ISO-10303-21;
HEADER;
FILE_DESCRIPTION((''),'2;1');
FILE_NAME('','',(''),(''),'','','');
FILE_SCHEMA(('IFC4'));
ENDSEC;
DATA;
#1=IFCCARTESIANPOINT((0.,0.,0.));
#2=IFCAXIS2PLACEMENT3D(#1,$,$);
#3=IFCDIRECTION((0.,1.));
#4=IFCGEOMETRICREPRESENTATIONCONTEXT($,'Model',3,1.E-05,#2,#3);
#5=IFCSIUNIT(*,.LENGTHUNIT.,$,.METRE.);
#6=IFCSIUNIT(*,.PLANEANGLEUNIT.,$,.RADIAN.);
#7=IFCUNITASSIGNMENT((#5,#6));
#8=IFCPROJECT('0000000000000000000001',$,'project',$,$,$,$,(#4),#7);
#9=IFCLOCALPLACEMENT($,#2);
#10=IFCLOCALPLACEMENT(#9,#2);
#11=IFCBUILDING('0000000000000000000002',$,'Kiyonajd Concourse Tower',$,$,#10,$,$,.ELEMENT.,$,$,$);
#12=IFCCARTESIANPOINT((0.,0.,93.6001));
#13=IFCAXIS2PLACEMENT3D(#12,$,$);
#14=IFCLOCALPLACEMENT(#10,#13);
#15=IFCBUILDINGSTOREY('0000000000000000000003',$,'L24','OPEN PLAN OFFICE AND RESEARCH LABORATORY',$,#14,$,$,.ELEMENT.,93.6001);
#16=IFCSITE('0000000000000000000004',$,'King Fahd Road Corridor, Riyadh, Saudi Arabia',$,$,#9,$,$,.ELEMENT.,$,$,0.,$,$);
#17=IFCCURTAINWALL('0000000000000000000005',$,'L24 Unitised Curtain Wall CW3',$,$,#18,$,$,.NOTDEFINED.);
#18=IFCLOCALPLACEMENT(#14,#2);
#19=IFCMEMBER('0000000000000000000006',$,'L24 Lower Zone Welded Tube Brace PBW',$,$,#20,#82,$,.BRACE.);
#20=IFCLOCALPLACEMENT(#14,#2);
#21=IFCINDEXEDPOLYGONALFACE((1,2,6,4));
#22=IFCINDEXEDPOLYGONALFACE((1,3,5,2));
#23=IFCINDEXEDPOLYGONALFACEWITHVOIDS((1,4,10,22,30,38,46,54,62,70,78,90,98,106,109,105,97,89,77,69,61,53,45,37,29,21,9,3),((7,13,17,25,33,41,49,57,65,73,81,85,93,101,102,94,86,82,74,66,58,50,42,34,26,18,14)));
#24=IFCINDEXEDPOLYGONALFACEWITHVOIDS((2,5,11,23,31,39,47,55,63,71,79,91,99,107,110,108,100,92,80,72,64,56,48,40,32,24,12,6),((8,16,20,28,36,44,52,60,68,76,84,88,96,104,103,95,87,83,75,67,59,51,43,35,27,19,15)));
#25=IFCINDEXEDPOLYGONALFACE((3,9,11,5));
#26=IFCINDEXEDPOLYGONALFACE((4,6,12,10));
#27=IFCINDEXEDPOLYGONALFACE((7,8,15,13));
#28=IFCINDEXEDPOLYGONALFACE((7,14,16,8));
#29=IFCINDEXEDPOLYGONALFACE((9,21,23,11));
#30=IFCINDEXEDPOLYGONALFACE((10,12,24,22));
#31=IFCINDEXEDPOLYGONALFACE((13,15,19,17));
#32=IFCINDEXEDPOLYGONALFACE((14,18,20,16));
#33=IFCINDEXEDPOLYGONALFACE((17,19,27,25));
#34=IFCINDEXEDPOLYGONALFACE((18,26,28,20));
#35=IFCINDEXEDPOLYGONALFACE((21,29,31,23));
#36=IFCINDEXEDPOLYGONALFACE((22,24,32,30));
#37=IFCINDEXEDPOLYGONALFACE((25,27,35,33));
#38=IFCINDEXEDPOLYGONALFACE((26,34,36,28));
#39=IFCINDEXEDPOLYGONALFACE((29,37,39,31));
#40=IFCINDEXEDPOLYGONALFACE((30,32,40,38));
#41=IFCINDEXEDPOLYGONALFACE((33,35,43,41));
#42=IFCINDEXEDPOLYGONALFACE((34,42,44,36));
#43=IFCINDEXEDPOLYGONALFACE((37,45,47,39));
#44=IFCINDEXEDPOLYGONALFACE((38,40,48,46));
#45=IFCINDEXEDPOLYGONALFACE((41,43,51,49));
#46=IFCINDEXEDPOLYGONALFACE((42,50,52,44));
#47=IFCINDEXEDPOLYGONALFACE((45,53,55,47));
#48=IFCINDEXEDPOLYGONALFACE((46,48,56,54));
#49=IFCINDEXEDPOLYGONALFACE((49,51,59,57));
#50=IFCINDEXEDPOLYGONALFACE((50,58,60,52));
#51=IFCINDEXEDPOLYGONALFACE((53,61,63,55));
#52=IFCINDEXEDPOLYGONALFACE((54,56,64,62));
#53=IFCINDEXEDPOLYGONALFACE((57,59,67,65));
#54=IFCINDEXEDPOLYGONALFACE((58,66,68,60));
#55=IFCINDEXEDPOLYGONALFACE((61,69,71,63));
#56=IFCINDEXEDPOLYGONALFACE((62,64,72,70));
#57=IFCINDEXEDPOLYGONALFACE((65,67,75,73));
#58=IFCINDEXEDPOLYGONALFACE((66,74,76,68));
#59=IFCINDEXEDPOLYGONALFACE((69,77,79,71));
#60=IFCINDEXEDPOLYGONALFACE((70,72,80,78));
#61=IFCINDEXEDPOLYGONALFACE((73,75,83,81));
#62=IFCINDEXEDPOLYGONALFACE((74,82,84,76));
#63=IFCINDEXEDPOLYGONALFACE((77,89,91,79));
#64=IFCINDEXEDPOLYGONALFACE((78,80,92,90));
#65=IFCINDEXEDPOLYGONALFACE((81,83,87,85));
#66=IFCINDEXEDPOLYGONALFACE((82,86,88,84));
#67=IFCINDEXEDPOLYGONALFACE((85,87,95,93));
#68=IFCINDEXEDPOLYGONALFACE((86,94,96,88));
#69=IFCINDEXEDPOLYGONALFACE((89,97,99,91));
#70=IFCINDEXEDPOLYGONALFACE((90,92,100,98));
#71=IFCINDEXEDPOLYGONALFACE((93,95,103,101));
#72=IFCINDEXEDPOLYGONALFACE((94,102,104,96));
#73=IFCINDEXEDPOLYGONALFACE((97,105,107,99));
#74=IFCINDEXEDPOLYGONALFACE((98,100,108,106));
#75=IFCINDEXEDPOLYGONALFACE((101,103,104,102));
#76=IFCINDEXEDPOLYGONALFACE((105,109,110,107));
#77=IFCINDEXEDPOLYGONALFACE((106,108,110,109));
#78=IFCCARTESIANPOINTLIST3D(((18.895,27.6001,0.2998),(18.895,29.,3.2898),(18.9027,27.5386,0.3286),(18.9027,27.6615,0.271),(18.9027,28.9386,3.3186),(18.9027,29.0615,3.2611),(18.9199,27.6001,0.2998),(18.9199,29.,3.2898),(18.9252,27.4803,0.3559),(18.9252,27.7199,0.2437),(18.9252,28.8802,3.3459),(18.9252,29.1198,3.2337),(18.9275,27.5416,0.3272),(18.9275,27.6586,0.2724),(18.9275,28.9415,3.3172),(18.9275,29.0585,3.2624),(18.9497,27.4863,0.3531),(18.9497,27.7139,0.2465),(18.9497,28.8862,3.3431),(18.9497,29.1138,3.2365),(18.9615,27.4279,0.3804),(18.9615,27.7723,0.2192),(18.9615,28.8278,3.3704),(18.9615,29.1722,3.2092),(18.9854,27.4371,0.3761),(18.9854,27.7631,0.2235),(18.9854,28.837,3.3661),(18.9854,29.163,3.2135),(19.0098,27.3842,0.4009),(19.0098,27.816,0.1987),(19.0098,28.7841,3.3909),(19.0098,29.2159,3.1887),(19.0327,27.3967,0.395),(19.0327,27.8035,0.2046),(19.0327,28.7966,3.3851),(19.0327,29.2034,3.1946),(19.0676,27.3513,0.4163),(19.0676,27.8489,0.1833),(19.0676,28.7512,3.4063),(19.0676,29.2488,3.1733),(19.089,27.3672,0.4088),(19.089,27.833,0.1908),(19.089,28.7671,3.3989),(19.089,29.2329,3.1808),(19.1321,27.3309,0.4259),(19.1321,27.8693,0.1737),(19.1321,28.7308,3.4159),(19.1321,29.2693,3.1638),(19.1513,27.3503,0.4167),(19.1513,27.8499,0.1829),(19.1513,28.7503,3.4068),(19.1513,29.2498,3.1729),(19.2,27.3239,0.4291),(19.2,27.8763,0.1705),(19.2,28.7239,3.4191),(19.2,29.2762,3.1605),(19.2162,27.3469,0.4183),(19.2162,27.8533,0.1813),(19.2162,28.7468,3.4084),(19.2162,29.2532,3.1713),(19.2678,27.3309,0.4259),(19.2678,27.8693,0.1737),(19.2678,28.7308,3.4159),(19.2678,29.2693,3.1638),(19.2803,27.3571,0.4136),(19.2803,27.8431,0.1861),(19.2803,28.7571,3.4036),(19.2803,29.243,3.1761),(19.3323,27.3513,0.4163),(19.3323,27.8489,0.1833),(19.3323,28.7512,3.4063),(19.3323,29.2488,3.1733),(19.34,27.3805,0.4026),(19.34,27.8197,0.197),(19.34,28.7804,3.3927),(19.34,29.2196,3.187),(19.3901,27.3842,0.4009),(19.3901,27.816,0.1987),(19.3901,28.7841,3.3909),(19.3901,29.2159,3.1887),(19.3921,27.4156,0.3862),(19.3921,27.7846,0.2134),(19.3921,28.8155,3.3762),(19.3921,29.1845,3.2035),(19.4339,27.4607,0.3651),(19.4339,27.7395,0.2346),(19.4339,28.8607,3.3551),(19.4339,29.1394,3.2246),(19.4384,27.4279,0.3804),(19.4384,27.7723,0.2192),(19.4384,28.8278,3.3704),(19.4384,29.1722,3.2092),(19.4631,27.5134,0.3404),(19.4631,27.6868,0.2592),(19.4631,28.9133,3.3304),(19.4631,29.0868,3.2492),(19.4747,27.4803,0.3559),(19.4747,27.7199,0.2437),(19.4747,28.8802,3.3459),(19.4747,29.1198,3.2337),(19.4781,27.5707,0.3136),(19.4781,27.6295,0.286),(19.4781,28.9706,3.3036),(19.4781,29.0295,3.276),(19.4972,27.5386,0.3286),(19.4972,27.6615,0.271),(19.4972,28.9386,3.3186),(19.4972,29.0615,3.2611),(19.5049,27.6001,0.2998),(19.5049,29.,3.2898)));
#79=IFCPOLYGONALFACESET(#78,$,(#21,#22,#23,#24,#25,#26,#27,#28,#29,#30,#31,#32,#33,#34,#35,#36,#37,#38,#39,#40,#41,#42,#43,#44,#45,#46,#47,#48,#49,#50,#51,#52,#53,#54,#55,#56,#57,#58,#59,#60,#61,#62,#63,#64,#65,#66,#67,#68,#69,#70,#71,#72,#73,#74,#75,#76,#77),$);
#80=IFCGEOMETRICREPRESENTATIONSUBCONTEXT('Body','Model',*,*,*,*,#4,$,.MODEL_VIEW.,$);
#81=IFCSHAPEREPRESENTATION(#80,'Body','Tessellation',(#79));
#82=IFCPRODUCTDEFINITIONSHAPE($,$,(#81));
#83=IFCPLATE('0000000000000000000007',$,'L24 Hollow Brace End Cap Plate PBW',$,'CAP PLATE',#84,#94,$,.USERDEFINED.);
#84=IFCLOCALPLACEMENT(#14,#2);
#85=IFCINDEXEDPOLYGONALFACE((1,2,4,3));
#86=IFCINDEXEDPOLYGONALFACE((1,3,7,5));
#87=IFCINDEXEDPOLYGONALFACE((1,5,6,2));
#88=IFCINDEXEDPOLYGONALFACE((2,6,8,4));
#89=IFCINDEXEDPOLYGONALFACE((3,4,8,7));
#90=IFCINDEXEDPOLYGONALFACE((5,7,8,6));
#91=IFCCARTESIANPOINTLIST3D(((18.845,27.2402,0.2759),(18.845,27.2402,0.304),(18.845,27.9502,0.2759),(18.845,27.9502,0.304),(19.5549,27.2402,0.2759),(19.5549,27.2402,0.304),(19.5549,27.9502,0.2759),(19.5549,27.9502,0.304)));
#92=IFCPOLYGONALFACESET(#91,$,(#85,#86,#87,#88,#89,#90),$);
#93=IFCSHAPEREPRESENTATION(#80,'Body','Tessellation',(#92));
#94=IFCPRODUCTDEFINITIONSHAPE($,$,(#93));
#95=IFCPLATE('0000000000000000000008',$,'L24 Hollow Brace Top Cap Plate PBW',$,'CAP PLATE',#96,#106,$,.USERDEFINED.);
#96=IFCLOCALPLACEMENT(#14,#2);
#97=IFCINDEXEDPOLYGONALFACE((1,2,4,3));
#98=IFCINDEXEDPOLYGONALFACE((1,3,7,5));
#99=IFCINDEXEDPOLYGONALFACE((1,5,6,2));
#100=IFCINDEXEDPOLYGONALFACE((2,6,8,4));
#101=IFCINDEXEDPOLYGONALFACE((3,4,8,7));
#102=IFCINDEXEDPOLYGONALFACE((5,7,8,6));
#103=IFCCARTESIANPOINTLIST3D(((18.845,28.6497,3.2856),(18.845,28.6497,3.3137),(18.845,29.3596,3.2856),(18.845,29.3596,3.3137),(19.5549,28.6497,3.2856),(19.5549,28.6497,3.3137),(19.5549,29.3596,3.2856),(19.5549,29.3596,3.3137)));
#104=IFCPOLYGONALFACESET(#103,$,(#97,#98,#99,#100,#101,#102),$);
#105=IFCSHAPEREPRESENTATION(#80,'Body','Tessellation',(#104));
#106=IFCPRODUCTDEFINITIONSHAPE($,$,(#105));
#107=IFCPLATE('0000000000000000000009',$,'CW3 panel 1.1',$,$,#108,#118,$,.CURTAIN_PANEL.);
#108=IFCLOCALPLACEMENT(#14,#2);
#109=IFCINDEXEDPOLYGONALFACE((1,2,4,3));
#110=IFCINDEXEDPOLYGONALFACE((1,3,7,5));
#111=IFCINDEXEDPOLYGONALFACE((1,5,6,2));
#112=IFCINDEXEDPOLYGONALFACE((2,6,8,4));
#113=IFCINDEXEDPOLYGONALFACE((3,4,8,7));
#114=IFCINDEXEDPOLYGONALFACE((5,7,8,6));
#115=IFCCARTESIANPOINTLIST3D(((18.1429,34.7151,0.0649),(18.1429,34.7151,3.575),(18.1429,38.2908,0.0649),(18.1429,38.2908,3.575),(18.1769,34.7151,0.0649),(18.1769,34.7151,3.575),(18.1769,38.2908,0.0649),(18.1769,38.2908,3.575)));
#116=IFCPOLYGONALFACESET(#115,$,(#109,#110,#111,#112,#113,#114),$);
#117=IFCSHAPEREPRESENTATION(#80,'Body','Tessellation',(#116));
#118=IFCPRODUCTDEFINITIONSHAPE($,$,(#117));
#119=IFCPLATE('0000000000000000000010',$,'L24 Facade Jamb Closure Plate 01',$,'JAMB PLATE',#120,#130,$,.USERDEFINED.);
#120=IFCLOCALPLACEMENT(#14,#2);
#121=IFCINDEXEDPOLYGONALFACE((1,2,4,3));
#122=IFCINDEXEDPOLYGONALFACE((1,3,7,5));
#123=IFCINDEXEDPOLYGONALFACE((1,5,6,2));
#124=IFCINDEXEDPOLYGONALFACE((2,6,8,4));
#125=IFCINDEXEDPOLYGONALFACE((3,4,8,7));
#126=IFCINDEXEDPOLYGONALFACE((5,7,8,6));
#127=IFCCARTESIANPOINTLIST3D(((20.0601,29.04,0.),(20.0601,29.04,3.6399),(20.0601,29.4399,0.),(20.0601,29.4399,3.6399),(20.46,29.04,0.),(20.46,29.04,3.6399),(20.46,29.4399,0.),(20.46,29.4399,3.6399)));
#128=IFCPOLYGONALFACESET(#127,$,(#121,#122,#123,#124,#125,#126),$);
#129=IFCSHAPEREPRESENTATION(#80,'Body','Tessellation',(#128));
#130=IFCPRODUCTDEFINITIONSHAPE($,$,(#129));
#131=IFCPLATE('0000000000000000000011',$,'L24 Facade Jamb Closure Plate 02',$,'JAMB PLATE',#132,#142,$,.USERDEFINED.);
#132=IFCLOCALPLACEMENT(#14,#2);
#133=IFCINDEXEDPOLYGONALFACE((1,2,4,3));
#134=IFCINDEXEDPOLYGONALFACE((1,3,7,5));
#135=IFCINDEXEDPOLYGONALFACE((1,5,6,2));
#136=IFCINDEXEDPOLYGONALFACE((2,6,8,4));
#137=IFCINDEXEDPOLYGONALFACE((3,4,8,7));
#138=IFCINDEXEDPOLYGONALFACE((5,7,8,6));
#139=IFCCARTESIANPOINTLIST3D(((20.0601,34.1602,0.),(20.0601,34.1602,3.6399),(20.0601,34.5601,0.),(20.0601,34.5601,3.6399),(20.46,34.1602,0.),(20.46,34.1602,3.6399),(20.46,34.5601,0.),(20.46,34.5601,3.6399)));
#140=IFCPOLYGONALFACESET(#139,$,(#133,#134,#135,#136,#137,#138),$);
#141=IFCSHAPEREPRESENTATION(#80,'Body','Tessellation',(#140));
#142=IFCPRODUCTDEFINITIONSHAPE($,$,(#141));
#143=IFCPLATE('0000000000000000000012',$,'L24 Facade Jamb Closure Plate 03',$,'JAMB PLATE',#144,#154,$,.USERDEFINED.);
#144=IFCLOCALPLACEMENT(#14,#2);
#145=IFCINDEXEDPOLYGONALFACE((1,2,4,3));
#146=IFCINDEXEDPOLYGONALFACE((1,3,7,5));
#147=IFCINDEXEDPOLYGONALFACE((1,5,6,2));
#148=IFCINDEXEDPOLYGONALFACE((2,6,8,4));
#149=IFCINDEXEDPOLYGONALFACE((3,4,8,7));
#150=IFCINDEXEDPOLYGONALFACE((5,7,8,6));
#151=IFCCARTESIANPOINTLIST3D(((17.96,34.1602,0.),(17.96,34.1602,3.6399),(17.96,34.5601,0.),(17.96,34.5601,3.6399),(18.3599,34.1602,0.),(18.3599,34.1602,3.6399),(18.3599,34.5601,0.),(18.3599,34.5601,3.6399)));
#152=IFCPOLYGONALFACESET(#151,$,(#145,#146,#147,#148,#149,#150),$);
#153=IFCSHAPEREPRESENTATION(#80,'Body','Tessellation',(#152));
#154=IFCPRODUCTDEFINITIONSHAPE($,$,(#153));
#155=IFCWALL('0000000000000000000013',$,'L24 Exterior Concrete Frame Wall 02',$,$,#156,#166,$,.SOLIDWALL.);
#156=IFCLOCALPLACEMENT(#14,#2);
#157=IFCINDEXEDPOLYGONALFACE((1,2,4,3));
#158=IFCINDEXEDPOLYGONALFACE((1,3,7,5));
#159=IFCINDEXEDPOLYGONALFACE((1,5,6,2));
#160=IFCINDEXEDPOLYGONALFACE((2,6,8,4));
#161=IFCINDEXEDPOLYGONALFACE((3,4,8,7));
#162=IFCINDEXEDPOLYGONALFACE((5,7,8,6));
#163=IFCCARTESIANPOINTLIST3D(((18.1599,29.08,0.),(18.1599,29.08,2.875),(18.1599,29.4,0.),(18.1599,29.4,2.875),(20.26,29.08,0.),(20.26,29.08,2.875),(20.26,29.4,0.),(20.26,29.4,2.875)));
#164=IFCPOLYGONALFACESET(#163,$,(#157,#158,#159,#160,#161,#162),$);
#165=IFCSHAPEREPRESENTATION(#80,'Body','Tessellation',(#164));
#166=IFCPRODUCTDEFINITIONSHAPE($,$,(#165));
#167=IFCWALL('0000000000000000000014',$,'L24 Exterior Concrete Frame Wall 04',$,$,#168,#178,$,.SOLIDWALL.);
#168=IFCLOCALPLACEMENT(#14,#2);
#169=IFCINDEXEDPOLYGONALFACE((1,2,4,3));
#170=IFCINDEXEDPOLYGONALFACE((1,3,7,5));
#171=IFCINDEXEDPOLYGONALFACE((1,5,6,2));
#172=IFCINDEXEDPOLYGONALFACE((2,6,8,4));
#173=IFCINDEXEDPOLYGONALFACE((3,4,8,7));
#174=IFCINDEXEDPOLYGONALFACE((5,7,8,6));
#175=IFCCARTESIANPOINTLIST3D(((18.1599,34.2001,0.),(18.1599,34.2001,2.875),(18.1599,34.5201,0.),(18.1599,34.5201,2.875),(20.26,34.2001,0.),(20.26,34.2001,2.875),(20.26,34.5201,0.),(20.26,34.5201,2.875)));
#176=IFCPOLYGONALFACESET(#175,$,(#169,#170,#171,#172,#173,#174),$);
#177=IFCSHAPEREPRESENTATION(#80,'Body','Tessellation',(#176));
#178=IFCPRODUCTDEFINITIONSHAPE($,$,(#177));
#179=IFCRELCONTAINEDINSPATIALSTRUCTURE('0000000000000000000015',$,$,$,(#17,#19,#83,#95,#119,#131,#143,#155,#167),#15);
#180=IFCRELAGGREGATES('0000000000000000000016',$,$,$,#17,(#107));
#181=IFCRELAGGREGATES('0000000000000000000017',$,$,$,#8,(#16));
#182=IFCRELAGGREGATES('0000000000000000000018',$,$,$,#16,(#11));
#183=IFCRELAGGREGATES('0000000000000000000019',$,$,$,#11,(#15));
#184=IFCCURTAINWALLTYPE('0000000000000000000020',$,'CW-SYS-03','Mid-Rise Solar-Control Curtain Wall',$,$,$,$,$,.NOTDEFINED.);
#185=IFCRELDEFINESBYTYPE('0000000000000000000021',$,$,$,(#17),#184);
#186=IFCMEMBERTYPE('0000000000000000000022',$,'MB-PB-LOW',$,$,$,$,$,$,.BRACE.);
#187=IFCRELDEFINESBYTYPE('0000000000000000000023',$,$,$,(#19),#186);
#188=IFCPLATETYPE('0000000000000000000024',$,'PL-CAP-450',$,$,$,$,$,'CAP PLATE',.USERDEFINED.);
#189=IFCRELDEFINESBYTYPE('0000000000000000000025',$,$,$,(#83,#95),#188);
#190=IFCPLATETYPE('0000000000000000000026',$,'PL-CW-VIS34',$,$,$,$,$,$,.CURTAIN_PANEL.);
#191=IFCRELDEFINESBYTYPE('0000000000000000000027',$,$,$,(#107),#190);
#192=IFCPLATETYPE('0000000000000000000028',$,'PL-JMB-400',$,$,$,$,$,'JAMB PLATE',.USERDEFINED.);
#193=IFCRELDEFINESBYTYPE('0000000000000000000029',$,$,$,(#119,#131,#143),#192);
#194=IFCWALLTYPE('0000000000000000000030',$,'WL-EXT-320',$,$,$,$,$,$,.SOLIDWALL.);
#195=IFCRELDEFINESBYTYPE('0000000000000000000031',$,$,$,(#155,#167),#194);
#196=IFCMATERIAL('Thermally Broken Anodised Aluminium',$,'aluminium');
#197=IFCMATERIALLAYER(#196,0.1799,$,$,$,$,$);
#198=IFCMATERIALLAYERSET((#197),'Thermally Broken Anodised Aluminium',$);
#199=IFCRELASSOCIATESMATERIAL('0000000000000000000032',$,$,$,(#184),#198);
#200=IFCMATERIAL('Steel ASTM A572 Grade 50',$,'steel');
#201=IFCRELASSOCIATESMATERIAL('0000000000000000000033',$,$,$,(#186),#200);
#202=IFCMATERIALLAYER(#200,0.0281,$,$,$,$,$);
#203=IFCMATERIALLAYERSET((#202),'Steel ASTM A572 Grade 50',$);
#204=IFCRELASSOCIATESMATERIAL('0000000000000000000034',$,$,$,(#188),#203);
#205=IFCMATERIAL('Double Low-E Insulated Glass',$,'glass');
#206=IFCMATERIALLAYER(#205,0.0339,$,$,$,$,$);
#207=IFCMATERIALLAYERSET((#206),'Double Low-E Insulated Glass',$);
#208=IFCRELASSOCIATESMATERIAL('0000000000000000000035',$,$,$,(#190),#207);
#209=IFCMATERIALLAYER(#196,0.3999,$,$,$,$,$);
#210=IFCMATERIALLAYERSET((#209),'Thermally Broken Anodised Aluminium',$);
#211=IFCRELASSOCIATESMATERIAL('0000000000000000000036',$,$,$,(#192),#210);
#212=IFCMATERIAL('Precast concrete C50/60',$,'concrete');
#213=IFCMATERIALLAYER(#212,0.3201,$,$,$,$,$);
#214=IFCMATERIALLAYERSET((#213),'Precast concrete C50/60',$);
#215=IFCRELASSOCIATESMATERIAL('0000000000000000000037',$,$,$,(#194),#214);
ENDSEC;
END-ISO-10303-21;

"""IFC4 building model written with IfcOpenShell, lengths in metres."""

from ifc_helpers import new_model, si_unit, direction, frame, frame_2d, origin, origin_2d, place, context, subcontext, project, spatial, rectangle, hollow_circle, extrude, material, layer, layer_set, material_profile, profile_set, type_object, element, aggregate, save


model = new_model("IFC4")

# Units and contexts
model_context = context("Model", 3, precision=1e-05, world=origin(), true_north=direction((0.0, 1.0)))
body_context = subcontext(model_context, "Body", "Model", "MODEL_VIEW")
ifc_project = project(units=[si_unit("LENGTHUNIT", "METRE"), si_unit("PLANEANGLEUNIT", "RADIAN")], contexts=[model_context])

# Site, building, storey
site_placement = place(None, origin())
site = spatial("IfcSite", under=ifc_project, at=site_placement, Name="King Fahd Road Corridor, Riyadh, Saudi Arabia", CompositionType="ELEMENT", RefElevation=0.0)
building_placement = place(site_placement, origin())
building = spatial("IfcBuilding", under=site, at=building_placement, Name="Kiyonajd Concourse Tower", CompositionType="ELEMENT")
storey_placement = place(building_placement, frame((0.0, 0.0, 93.6001)))
storey = spatial("IfcBuildingStorey", under=building, at=storey_placement, Name="L24", Description="OPEN PLAN OFFICE AND RESEARCH LABORATORY", CompositionType="ELEMENT", Elevation=93.6001)

# Shared definitions
ifc_material_1 = material(Name="Precast concrete C50/60", Category="concrete")

# Curtain wall
ifc_material_2 = material(Name="Thermally Broken Anodised Aluminium", Category="aluminium")
ifc_layer_1 = layer(ifc_material_2, 0.1799)
ifc_layer_set_1 = layer_set([ifc_layer_1], Name="Thermally Broken Anodised Aluminium")
curtain_wall_type = type_object("IfcCurtainWallType", Name="CW-SYS-03", Description="Mid-Rise Solar-Control Curtain Wall", PredefinedType="NOTDEFINED", material=ifc_layer_set_1)
curtain_wall_placement = place(storey_placement, origin())
curtain_wall = element("IfcCurtainWall", 1, at=curtain_wall_placement, inside=storey, type_object=curtain_wall_type, Name="L24 Unitised Curtain Wall CW3", PredefinedType="NOTDEFINED")

# Member
ifc_material_3 = material(Name="Steel ASTM A572 Grade 50", Category="steel")
ifc_material_profile_1 = material_profile(ifc_material_3, hollow_circle(Radius=0.3049, WallThickness=0.0249, at=origin_2d()), Name="CHS-610x25")
ifc_profile_set_1 = profile_set([ifc_material_profile_1], Name="Steel ASTM A572 Grade 50")
member_type_1 = type_object("IfcMemberType", Name="MB-PB-LOW", PredefinedType="BRACE", material=ifc_profile_set_1)
member_1_placement = place(storey_placement, frame((19.2, 27.6001, 0.2998), z_axis=(0.0, 0.424023, 0.905652), x_axis=(-1.0, 0.0, 0.0)))
element("IfcMember", 2, at=member_1_placement, inside=storey, type_object=member_type_1, Name="L24 Lower Zone Welded Tube Brace PBW", PredefinedType="BRACE", context=body_context, shape_type="SweptSolid", body=[
    extrude(hollow_circle(Radius=0.3049, WallThickness=0.0249, at=origin_2d()), origin(), (0.0, 0.0, 1.0), 3.3015),
])

# Plates
ifc_layer_2 = layer(ifc_material_3, 0.0281)
ifc_layer_set_2 = layer_set([ifc_layer_2], Name="Steel ASTM A572 Grade 50")
plate_type_1 = type_object("IfcPlateType", Name="PL-CAP-450", ElementType="CAP PLATE", PredefinedType="USERDEFINED", material=ifc_layer_set_2)
for number, where, z_axis, x_axis, name in (
    (3, (19.2, 27.5952, 0.2759), (0.0, 0.0, 1.0), (1.0, 0.0, 0.0), "L24 Hollow Brace End Cap Plate PBW"),
    (4, (19.2, 29.0046, 3.2856), (0.0, 0.0, 1.0), (1.0, 0.0, 0.0), "L24 Hollow Brace Top Cap Plate PBW"),
):
    element("IfcPlate", number, at=place(storey_placement, frame(where, z_axis=z_axis, x_axis=x_axis)), inside=storey, type_object=plate_type_1, Name=name, ObjectType="CAP PLATE", PredefinedType="USERDEFINED", context=body_context, shape_type="SweptSolid", body=[
        extrude(rectangle(XDim=0.71, YDim=0.71, at=origin_2d()), origin(), (0.0, 0.0, 1.0), 0.0281),
    ])

# Plate
ifc_material_4 = material(Name="Double Low-E Insulated Glass", Category="glass")
ifc_layer_3 = layer(ifc_material_4, 0.0339)
ifc_layer_set_3 = layer_set([ifc_layer_3], Name="Double Low-E Insulated Glass")
plate_type_2 = type_object("IfcPlateType", Name="PL-CW-VIS34", PredefinedType="CURTAIN_PANEL", material=ifc_layer_set_3)
plate_placement = place(storey_placement, frame((18.1599, 36.5029, 0.0649), z_axis=(0.0, 0.0, 1.0), x_axis=(0.0, 1.0, 0.0)))
plate = element("IfcPlate", 5, at=plate_placement, type_object=plate_type_2, Name="CW3 panel 1.1", PredefinedType="CURTAIN_PANEL", context=body_context, shape_type="SweptSolid", body=[
    extrude(rectangle(XDim=3.5757, YDim=0.0339, at=origin_2d()), origin(), (0.0, 0.0, 1.0), 3.51),
])
aggregate(curtain_wall, [plate])

# Plates
ifc_layer_4 = layer(ifc_material_2, 0.3999)
ifc_layer_set_4 = layer_set([ifc_layer_4], Name="Thermally Broken Anodised Aluminium")
plate_type_3 = type_object("IfcPlateType", Name="PL-JMB-400", ElementType="JAMB PLATE", PredefinedType="USERDEFINED", material=ifc_layer_set_4)
for number, where, z_axis, x_axis, name in (
    (6, (20.26, 29.24, 0.0), (0.0, 0.0, 1.0), (1.0, 0.0, 0.0), "L24 Facade Jamb Closure Plate 01"),
    (7, (20.26, 34.3601, 0.0), (0.0, 0.0, 1.0), (1.0, 0.0, 0.0), "L24 Facade Jamb Closure Plate 02"),
    (8, (18.1599, 34.3601, 0.0), (0.0, 0.0, 1.0), (1.0, 0.0, 0.0), "L24 Facade Jamb Closure Plate 03"),
):
    element("IfcPlate", number, at=place(storey_placement, frame(where, z_axis=z_axis, x_axis=x_axis)), inside=storey, type_object=plate_type_3, Name=name, ObjectType="JAMB PLATE", PredefinedType="USERDEFINED", context=body_context, shape_type="SweptSolid", body=[
        extrude(rectangle(XDim=0.3999, YDim=0.3999, at=origin_2d()), origin(), (0.0, 0.0, 1.0), 3.6399),
    ])

# Walls
ifc_layer_5 = layer(ifc_material_1, 0.3201)
ifc_layer_set_5 = layer_set([ifc_layer_5], Name="Precast concrete C50/60")
wall_type_1 = type_object("IfcWallType", Name="WL-EXT-320", PredefinedType="SOLIDWALL", material=ifc_layer_set_5)
for number, where, z_axis, x_axis, name in (
    (9, (18.1599, 29.24, 0.0), (0.0, 0.0, 1.0), (1.0, 0.0, 0.0), "L24 Exterior Concrete Frame Wall 02"),
    (10, (20.26, 34.3601, 0.0), (0.0, 0.0, 1.0), (-1.0, 0.0, 0.0), "L24 Exterior Concrete Frame Wall 04"),
):
    element("IfcWall", number, at=place(storey_placement, frame(where, z_axis=z_axis, x_axis=x_axis)), inside=storey, type_object=wall_type_1, Name=name, PredefinedType="SOLIDWALL", context=body_context, shape_type="SweptSolid", body=[
        extrude(rectangle(XDim=2.1001, YDim=0.3201, at=frame_2d((1.05, 0.0))), origin(), (0.0, 0.0, 1.0), 2.875),
    ])

save(model, "model.ifc")
